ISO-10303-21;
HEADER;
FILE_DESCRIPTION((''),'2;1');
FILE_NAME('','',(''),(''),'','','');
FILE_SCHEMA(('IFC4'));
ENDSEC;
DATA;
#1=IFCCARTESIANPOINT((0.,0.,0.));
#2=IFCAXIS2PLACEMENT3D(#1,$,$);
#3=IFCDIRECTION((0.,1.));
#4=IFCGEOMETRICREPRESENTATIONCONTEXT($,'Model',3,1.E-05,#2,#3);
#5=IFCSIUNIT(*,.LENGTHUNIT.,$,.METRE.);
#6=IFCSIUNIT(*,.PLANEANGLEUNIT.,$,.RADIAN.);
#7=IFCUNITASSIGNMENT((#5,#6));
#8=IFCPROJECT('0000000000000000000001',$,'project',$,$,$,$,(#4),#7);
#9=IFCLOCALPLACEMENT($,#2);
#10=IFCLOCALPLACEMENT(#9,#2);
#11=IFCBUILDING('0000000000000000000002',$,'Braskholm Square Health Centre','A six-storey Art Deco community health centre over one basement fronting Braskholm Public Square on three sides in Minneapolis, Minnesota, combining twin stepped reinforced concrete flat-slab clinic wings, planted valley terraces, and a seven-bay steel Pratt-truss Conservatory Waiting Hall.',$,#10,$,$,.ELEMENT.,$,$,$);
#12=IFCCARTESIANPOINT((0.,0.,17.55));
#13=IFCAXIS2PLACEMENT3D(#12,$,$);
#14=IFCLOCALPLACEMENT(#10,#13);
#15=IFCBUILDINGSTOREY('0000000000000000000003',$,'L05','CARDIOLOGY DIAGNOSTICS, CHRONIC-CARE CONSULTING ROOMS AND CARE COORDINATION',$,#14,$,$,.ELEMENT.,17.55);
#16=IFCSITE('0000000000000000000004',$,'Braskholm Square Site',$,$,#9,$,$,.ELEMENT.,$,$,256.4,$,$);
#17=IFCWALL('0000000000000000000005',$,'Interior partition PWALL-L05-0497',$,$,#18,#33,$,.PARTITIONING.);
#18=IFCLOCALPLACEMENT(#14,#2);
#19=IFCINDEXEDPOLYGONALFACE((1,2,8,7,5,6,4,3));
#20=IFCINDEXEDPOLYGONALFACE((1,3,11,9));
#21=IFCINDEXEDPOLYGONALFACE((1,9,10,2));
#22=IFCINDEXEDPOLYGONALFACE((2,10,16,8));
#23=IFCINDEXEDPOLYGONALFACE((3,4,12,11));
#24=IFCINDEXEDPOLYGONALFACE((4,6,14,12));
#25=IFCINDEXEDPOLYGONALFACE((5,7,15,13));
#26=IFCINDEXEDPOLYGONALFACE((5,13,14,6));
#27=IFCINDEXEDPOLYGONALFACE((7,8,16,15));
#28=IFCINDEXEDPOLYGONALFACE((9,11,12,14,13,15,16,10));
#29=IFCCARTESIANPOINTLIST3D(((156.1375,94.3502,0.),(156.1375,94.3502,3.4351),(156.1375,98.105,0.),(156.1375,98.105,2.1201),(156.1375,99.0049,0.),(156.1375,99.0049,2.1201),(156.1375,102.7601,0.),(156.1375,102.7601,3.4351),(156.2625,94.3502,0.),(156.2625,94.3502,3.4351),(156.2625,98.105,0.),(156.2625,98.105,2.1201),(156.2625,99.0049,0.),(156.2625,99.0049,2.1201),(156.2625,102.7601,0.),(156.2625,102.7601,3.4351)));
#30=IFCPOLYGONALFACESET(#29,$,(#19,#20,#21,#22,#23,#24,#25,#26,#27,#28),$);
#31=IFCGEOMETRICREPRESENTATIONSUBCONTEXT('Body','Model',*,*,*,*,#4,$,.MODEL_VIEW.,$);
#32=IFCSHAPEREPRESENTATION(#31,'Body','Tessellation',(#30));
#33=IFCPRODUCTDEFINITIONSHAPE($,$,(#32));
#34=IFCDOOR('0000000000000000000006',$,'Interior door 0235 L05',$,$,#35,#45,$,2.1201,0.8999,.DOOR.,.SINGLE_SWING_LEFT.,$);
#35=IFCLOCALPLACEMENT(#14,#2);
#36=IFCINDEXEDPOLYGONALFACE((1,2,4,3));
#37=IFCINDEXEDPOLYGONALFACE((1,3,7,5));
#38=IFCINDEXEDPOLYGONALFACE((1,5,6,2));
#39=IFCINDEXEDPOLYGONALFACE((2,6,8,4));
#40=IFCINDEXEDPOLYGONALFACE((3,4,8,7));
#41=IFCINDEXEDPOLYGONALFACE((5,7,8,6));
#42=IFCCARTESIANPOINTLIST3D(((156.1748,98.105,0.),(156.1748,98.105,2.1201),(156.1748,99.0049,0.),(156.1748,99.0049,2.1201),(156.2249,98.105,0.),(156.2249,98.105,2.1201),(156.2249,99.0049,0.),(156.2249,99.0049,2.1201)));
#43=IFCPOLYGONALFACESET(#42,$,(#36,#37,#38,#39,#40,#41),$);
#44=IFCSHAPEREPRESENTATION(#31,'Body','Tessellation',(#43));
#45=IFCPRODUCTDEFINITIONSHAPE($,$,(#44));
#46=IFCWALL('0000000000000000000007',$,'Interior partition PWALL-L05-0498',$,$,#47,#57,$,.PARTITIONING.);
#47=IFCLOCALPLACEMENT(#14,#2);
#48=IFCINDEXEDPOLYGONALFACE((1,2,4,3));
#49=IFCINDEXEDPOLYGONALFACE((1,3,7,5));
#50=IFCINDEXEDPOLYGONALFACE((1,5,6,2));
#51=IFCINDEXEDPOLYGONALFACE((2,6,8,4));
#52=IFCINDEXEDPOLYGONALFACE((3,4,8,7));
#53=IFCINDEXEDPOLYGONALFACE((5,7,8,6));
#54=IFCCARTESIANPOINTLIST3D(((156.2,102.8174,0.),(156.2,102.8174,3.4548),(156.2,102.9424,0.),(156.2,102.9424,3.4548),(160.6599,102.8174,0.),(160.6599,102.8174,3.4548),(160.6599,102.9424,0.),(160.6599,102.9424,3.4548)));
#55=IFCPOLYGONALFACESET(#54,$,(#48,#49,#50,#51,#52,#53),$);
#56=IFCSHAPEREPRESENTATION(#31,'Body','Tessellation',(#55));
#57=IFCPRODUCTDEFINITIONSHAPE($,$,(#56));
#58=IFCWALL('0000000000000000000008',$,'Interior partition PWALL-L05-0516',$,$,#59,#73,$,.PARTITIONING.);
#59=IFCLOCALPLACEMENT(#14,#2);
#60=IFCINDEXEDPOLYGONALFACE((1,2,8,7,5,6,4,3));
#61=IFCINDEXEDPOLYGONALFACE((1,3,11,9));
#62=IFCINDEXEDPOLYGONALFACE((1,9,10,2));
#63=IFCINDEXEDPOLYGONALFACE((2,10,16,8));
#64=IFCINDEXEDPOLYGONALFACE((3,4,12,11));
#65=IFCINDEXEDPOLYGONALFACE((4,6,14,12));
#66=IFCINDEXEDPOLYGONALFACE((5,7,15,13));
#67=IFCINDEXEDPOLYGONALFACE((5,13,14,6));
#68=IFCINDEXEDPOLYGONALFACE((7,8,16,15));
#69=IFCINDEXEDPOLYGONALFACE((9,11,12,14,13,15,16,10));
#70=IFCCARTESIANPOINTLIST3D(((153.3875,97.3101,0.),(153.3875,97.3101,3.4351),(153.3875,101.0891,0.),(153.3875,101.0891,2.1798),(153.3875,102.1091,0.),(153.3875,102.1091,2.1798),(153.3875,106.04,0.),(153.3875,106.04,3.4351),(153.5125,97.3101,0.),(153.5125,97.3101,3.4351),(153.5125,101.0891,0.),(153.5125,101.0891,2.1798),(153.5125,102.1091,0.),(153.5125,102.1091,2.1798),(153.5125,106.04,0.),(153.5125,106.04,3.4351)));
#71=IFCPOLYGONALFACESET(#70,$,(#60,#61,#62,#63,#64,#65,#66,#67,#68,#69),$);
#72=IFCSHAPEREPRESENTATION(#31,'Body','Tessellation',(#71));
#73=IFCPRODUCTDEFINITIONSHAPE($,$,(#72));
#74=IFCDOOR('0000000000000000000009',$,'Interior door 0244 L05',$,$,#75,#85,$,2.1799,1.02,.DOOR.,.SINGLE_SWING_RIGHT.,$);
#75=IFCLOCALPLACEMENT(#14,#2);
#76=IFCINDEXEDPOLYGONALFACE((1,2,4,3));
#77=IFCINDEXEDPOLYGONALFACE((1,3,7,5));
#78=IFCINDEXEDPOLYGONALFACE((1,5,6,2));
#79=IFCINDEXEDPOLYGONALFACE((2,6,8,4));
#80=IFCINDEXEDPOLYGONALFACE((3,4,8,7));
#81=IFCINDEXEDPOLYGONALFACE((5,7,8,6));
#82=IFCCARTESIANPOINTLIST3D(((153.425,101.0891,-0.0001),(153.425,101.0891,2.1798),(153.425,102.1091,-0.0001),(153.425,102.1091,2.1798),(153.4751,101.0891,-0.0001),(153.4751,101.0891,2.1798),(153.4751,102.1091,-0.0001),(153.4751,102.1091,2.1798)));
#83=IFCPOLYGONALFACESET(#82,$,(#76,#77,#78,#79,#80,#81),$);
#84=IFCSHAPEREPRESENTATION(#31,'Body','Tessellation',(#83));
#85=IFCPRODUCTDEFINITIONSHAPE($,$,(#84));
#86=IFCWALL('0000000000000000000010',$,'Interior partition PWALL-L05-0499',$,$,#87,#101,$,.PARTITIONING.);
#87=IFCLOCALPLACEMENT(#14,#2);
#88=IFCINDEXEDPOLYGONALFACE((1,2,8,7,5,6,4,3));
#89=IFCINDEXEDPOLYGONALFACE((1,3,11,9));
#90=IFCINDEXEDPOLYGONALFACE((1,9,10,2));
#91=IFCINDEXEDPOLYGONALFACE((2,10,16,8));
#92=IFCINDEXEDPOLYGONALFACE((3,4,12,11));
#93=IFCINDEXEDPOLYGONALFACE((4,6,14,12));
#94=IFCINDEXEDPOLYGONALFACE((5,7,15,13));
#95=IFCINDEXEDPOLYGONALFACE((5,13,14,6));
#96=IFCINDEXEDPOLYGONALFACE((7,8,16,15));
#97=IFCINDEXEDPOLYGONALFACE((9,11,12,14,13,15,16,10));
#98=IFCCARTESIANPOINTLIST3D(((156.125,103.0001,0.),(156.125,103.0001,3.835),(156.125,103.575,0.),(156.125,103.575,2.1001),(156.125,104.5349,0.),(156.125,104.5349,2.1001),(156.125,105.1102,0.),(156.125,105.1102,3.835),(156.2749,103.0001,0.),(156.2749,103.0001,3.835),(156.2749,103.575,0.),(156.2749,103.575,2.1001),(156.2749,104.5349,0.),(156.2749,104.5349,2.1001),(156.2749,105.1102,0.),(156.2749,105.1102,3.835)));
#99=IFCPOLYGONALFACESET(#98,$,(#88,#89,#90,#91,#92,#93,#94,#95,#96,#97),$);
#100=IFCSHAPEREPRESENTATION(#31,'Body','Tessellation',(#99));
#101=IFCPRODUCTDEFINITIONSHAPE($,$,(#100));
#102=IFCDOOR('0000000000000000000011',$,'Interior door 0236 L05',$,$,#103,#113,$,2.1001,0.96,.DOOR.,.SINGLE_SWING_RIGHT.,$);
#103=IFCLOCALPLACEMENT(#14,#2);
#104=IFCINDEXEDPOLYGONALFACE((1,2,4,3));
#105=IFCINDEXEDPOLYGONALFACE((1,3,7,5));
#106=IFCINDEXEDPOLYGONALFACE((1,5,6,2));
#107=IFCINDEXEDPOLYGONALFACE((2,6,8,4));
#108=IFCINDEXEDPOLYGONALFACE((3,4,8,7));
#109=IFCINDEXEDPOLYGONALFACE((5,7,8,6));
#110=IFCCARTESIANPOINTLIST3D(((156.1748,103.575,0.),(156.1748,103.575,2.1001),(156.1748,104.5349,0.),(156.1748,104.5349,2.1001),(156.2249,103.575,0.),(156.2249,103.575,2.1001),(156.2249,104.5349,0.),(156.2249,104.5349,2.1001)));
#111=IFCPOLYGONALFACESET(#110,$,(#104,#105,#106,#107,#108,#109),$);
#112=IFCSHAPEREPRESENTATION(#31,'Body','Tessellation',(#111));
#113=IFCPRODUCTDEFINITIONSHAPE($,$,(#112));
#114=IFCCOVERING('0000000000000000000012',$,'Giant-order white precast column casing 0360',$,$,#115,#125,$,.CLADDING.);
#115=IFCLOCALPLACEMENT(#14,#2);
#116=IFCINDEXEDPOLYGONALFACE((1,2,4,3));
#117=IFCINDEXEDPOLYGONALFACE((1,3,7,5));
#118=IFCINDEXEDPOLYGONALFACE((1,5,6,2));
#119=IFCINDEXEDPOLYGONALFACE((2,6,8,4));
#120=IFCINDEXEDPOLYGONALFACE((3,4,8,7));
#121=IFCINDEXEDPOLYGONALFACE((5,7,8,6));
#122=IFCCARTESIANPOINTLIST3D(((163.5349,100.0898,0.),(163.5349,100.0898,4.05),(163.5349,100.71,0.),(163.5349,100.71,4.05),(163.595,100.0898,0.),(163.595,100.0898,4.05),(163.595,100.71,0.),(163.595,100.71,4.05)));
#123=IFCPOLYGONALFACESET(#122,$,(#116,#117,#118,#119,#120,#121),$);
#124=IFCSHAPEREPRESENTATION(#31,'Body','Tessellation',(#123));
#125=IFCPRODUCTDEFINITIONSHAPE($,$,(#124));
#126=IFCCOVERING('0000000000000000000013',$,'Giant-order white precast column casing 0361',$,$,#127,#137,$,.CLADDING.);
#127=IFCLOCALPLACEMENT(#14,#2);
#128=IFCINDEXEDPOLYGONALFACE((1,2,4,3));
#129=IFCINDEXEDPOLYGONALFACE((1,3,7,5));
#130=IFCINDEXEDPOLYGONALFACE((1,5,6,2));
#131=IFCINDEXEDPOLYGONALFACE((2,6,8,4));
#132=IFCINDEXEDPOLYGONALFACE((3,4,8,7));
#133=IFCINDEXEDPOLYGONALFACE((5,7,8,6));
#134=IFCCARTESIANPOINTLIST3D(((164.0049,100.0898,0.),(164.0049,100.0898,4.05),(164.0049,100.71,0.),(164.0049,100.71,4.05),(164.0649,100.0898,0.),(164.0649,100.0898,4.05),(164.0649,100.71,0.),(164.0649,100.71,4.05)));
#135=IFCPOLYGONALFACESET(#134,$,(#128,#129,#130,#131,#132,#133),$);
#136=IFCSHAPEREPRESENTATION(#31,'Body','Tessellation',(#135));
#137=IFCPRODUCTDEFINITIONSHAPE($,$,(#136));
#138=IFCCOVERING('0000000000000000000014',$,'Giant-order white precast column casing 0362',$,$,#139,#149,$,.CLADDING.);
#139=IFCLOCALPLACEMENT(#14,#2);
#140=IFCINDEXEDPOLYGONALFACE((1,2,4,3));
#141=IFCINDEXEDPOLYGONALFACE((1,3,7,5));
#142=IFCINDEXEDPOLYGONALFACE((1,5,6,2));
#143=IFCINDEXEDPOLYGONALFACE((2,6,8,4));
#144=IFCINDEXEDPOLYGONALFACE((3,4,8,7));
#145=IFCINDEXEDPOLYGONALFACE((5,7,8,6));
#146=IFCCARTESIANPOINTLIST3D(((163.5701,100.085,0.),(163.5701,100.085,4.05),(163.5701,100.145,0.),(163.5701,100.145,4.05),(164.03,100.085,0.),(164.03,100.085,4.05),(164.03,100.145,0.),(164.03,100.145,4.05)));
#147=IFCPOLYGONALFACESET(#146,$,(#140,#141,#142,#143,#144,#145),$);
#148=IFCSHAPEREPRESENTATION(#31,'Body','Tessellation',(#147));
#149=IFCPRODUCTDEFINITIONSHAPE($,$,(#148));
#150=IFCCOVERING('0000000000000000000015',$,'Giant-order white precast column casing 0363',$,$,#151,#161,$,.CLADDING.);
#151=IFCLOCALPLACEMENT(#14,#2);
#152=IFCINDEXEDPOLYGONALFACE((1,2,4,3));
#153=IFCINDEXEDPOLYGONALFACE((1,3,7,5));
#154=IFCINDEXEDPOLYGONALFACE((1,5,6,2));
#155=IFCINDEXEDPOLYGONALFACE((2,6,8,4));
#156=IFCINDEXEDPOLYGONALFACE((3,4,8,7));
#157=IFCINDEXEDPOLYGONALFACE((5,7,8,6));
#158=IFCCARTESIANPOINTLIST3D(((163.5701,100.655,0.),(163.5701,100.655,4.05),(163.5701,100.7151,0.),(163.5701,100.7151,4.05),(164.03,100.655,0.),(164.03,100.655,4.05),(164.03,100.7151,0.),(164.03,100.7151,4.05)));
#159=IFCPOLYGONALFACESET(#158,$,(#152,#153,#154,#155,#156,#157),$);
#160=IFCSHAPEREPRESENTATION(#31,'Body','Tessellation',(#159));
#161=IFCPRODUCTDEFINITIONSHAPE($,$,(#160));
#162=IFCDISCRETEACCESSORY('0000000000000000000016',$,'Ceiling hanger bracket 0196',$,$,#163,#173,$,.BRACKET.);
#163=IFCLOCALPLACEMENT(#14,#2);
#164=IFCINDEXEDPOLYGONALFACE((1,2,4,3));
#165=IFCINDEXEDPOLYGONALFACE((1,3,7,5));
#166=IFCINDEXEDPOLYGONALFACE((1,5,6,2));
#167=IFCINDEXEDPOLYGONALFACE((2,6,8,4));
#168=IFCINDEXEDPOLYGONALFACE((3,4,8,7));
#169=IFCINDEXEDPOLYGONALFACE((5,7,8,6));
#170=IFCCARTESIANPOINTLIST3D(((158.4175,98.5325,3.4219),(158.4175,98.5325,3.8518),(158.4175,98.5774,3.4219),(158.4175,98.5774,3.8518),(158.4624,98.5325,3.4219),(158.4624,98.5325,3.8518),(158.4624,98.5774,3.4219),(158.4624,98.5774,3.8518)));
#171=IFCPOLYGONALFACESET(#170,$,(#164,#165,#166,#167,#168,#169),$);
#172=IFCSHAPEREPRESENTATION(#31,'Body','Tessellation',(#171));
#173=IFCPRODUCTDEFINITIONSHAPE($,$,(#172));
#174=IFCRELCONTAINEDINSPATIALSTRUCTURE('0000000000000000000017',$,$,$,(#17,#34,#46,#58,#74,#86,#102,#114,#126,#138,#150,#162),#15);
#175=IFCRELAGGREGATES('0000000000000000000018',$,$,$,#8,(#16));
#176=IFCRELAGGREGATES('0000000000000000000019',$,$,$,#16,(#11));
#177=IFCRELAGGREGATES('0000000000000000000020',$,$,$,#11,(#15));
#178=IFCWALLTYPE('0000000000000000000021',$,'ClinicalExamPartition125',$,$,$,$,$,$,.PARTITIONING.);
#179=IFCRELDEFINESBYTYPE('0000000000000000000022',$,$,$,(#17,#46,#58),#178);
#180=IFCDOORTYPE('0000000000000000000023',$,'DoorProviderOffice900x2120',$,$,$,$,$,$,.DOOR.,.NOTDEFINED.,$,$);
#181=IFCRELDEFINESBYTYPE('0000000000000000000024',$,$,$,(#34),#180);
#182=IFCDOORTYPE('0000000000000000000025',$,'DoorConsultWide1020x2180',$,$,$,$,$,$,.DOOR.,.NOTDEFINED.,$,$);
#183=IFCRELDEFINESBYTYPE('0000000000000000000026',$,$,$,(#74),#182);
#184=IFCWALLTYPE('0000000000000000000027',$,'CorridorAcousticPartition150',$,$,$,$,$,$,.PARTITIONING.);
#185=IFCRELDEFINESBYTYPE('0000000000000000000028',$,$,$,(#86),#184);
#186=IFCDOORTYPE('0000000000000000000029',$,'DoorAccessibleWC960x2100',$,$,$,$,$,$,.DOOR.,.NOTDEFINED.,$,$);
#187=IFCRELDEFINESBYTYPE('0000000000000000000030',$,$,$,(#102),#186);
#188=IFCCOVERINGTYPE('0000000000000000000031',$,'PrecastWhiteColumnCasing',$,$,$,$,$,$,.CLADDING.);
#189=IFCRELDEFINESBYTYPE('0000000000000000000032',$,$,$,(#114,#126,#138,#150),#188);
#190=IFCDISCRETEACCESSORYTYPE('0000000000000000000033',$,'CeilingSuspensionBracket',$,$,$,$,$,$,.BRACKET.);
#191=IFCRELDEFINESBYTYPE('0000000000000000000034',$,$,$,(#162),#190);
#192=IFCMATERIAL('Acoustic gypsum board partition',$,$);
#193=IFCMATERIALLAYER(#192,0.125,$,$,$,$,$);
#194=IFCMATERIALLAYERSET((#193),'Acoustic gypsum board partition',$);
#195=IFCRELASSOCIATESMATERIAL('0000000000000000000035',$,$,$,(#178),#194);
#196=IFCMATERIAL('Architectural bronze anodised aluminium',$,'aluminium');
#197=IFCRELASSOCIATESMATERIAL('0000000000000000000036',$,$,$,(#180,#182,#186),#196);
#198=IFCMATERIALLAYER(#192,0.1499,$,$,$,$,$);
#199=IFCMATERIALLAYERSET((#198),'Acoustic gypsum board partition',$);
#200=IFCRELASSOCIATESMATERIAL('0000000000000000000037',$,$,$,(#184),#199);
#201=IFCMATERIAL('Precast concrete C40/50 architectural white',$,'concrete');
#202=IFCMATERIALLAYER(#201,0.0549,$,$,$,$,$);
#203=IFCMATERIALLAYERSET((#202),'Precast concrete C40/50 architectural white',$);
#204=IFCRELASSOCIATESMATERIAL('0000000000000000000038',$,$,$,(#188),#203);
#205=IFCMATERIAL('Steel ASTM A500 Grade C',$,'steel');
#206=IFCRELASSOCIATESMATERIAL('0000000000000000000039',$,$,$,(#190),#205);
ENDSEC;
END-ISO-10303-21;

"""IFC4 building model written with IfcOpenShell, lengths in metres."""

from ifc_helpers import new_model, si_unit, direction, frame, frame_2d, origin, origin_with_axes, origin_2d, place, context, subcontext, project, spatial, rectangle, extrude, material, layer, layer_set, type_object, element, fill, save


model = new_model("IFC4")

# Units and contexts
model_context = context("Model", 3, precision=1e-05, world=origin(), true_north=direction((0.0, 1.0)))
body_context = subcontext(model_context, "Body", "Model", "MODEL_VIEW")
ifc_project = project(units=[si_unit("LENGTHUNIT", "METRE"), si_unit("PLANEANGLEUNIT", "RADIAN")], contexts=[model_context])

# Site, building, storey
site_placement = place(None, origin())
site = spatial("IfcSite", under=ifc_project, at=site_placement, Name="Braskholm Square Site", CompositionType="ELEMENT", RefElevation=256.4)
building_placement = place(site_placement, origin())
building = spatial("IfcBuilding", under=site, at=building_placement, Name="Braskholm Square Health Centre", Description="A six-storey Art Deco community health centre over one basement fronting Braskholm Public Square on three sides in Minneapolis, Minnesota, combining twin stepped reinforced concrete flat-slab clinic wings, planted valley terraces, and a seven-bay steel Pratt-truss Conservatory Waiting Hall.", CompositionType="ELEMENT")
storey_placement = place(building_placement, frame((0.0, 0.0, 17.55)))
storey = spatial("IfcBuildingStorey", under=building, at=storey_placement, Name="L05", Description="CARDIOLOGY DIAGNOSTICS, CHRONIC-CARE CONSULTING ROOMS AND CARE COORDINATION", CompositionType="ELEMENT", Elevation=17.55)

# Shared definitions
ifc_material_1 = material(Name="Precast concrete C40/50 architectural white", Category="concrete")

# Shared definitions
ifc_material_2 = material(Name="Architectural bronze anodised aluminium", Category="aluminium")

# Shared definitions
ifc_material_3 = material(Name="Acoustic gypsum board partition")
ifc_layer_1 = layer(ifc_material_3, 0.125)
ifc_layer_set_1 = layer_set([ifc_layer_1], Name="Acoustic gypsum board partition")
wall_type_1 = type_object("IfcWallType", Name="ClinicalExamPartition125", PredefinedType="PARTITIONING", material=ifc_layer_set_1)

# Wall, opening, door
wall_1_placement = place(storey_placement, frame((156.2, 94.3501, 0.0), z_axis=(0.0, 0.0, 1.0), x_axis=(0.0, 1.0, 0.0)))
wall_1 = element("IfcWall", 1, at=wall_1_placement, inside=storey, type_object=wall_type_1, Name="Interior partition PWALL-L05-0497", PredefinedType="PARTITIONING", context=body_context, shape_type="SweptSolid", body=[
    extrude(rectangle(XDim=8.4099, YDim=0.125, at=frame_2d((4.2051, 0.0))), origin(), (0.0, 0.0, 1.0), 3.4351),
])
opening_1_placement = place(wall_1_placement, frame((3.7549, 0.0, 0.0)))
opening_1 = element("IfcOpeningElement", 2, at=opening_1_placement, cuts=wall_1, PredefinedType="OPENING", context=body_context, shape_type="SweptSolid", body=[
    extrude(rectangle(XDim=0.8999, YDim=2.1201, at=frame_2d((0.45, 1.0601))), frame((0.0, 0.0725, 0.0), z_axis=(0.0, -1.0, 0.0), x_axis=(1.0, 0.0, 0.0)), (0.0, 0.0, 1.0), 0.145),
])
door_type_1 = type_object("IfcDoorType", Name="DoorProviderOffice900x2120", OperationType="NOTDEFINED", PredefinedType="DOOR", material=ifc_material_2)
door_1_placement = place(opening_1_placement, frame((0.8999, 0.0, 0.0), z_axis=(0.0, 0.0, 1.0), x_axis=(-1.0, 0.0, 0.0)))
door_1 = element("IfcDoor", 3, at=door_1_placement, inside=storey, type_object=door_type_1, Name="Interior door 0235 L05", OperationType="SINGLE_SWING_LEFT", OverallHeight=2.1201, OverallWidth=0.8999, PredefinedType="DOOR", context=body_context, shape_type="SweptSolid", body=[
    extrude(rectangle(XDim=0.8999, YDim=2.1201, at=frame_2d((0.45, 1.0601))), frame((0.0, 0.0249, 0.0), z_axis=(0.0, -1.0, 0.0), x_axis=(1.0, 0.0, 0.0)), (0.0, 0.0, 1.0), 0.05),
])
fill(opening_1, door_1)

# Wall
wall_2_placement = place(storey_placement, frame((156.2, 102.8799, 0.0), z_axis=(0.0, 0.0, 1.0), x_axis=(1.0, 0.0, 0.0)))
element("IfcWall", 4, at=wall_2_placement, inside=storey, type_object=wall_type_1, Name="Interior partition PWALL-L05-0498", PredefinedType="PARTITIONING", context=body_context, shape_type="SweptSolid", body=[
    extrude(rectangle(XDim=4.46, YDim=0.125, at=frame_2d((2.23, 0.0))), origin(), (0.0, 0.0, 1.0), 3.4548),
])

# Walls, openings, doors
wall_3_placement = place(storey_placement, frame((153.45, 97.3101, 0.0), z_axis=(0.0, 0.0, 1.0), x_axis=(0.0, 1.0, 0.0)))
wall_3 = element("IfcWall", 5, at=wall_3_placement, inside=storey, type_object=wall_type_1, Name="Interior partition PWALL-L05-0516", PredefinedType="PARTITIONING", context=body_context, shape_type="SweptSolid", body=[
    extrude(rectangle(XDim=8.73, YDim=0.125, at=frame_2d((4.365, 0.0))), origin(), (0.0, 0.0, 1.0), 3.4351),
])
opening_2_placement = place(wall_3_placement, frame((3.7791, 0.0, 0.0)))
opening_2 = element("IfcOpeningElement", 6, at=opening_2_placement, cuts=wall_3, PredefinedType="OPENING", context=body_context, shape_type="SweptSolid", body=[
    extrude(rectangle(XDim=1.02, YDim=2.1799, at=frame_2d((0.51, 1.0898))), frame((0.0, 0.0725, 0.0), z_axis=(0.0, -1.0, 0.0), x_axis=(1.0, 0.0, 0.0)), (0.0, 0.0, 1.0), 0.145),
])
door_type_2 = type_object("IfcDoorType", Name="DoorConsultWide1020x2180", OperationType="NOTDEFINED", PredefinedType="DOOR", material=ifc_material_2)
door_2_placement = place(opening_2_placement, origin_with_axes())
door_2 = element("IfcDoor", 7, at=door_2_placement, inside=storey, type_object=door_type_2, Name="Interior door 0244 L05", OperationType="SINGLE_SWING_RIGHT", OverallHeight=2.1799, OverallWidth=1.02, PredefinedType="DOOR", context=body_context, shape_type="SweptSolid", body=[
    extrude(rectangle(XDim=1.02, YDim=2.1799, at=frame_2d((0.51, 1.0898))), frame((0.0, 0.0249, 0.0), z_axis=(0.0, -1.0, 0.0), x_axis=(1.0, 0.0, 0.0)), (0.0, 0.0, 1.0), 0.05),
])
fill(opening_2, door_2)
ifc_layer_2 = layer(ifc_material_3, 0.1499)
ifc_layer_set_2 = layer_set([ifc_layer_2], Name="Acoustic gypsum board partition")
wall_type_2 = type_object("IfcWallType", Name="CorridorAcousticPartition150", PredefinedType="PARTITIONING", material=ifc_layer_set_2)
wall_4_placement = place(storey_placement, frame((156.2, 103.0, 0.0), z_axis=(0.0, 0.0, 1.0), x_axis=(0.0, 1.0, 0.0)))
wall_4 = element("IfcWall", 8, at=wall_4_placement, inside=storey, type_object=wall_type_2, Name="Interior partition PWALL-L05-0499", PredefinedType="PARTITIONING", context=body_context, shape_type="SweptSolid", body=[
    extrude(rectangle(XDim=2.1101, YDim=0.1499, at=frame_2d((1.0552, 0.0))), origin(), (0.0, 0.0, 1.0), 3.835),
])
opening_3_placement = place(wall_4_placement, frame((0.575, 0.0, 0.0)))
opening_3 = element("IfcOpeningElement", 9, at=opening_3_placement, cuts=wall_4, PredefinedType="OPENING", context=body_context, shape_type="SweptSolid", body=[
    extrude(rectangle(XDim=0.96, YDim=2.1001, at=frame_2d((0.48, 1.05))), frame((0.0, 0.085, 0.0), z_axis=(0.0, -1.0, 0.0), x_axis=(1.0, 0.0, 0.0)), (0.0, 0.0, 1.0), 0.1699),
])
door_type_3 = type_object("IfcDoorType", Name="DoorAccessibleWC960x2100", OperationType="NOTDEFINED", PredefinedType="DOOR", material=ifc_material_2)
door_3_placement = place(opening_3_placement, frame((0.96, 0.0, 0.0), z_axis=(0.0, 0.0, 1.0), x_axis=(-1.0, 0.0, 0.0)))
door_3 = element("IfcDoor", 10, at=door_3_placement, inside=storey, type_object=door_type_3, Name="Interior door 0236 L05", OperationType="SINGLE_SWING_RIGHT", OverallHeight=2.1001, OverallWidth=0.96, PredefinedType="DOOR", context=body_context, shape_type="SweptSolid", body=[
    extrude(rectangle(XDim=0.96, YDim=2.1001, at=frame_2d((0.48, 1.05))), frame((0.0, 0.0249, 0.0), z_axis=(0.0, -1.0, 0.0), x_axis=(1.0, 0.0, 0.0)), (0.0, 0.0, 1.0), 0.05),
])
fill(opening_3, door_3)

# Coverings
ifc_layer_3 = layer(ifc_material_1, 0.0549)
ifc_layer_set_3 = layer_set([ifc_layer_3], Name="Precast concrete C40/50 architectural white")
covering_type = type_object("IfcCoveringType", Name="PrecastWhiteColumnCasing", PredefinedType="CLADDING", material=ifc_layer_set_3)
for number, where, z_axis, x_axis, name in (
    (11, (163.5649, 100.3999, 0.0), (0.0, 0.0, 1.0), (1.0, 0.0, 0.0), "Giant-order white precast column casing 0360"),
    (12, (164.0349, 100.3999, 0.0), (0.0, 0.0, 1.0), (1.0, 0.0, 0.0), "Giant-order white precast column casing 0361"),
):
    element("IfcCovering", number, at=place(storey_placement, frame(where, z_axis=z_axis, x_axis=x_axis)), inside=storey, type_object=covering_type, Name=name, PredefinedType="CLADDING", context=body_context, shape_type="SweptSolid", body=[
        extrude(rectangle(XDim=0.0601, YDim=0.6201, at=origin_2d()), origin(), (0.0, 0.0, 1.0), 4.05),
    ])
for number, where, z_axis, x_axis, name in (
    (13, (163.8, 100.115, 0.0), (0.0, 0.0, 1.0), (1.0, 0.0, 0.0), "Giant-order white precast column casing 0362"),
    (14, (163.8, 100.6851, 0.0), (0.0, 0.0, 1.0), (1.0, 0.0, 0.0), "Giant-order white precast column casing 0363"),
):
    element("IfcCovering", number, at=place(storey_placement, frame(where, z_axis=z_axis, x_axis=x_axis)), inside=storey, type_object=covering_type, Name=name, PredefinedType="CLADDING", context=body_context, shape_type="SweptSolid", body=[
        extrude(rectangle(XDim=0.46, YDim=0.0601, at=origin_2d()), origin(), (0.0, 0.0, 1.0), 4.05),
    ])

# Discrete accessory
ifc_material_4 = material(Name="Steel ASTM A500 Grade C", Category="steel")
discrete_accessory_type = type_object("IfcDiscreteAccessoryType", Name="CeilingSuspensionBracket", PredefinedType="BRACKET", material=ifc_material_4)
discrete_accessory_placement = place(storey_placement, frame((158.4399, 98.5549, 3.4219), z_axis=(0.0, 0.0, 1.0), x_axis=(1.0, 0.0, 0.0)))
element("IfcDiscreteAccessory", 15, at=discrete_accessory_placement, inside=storey, type_object=discrete_accessory_type, Name="Ceiling hanger bracket 0196", PredefinedType="BRACKET", context=body_context, shape_type="SweptSolid", body=[
    extrude(rectangle(XDim=0.0449, YDim=0.0449, at=origin_2d()), origin(), (0.0, 0.0, 1.0), 0.4299),
])

save(model, "model.ifc")
